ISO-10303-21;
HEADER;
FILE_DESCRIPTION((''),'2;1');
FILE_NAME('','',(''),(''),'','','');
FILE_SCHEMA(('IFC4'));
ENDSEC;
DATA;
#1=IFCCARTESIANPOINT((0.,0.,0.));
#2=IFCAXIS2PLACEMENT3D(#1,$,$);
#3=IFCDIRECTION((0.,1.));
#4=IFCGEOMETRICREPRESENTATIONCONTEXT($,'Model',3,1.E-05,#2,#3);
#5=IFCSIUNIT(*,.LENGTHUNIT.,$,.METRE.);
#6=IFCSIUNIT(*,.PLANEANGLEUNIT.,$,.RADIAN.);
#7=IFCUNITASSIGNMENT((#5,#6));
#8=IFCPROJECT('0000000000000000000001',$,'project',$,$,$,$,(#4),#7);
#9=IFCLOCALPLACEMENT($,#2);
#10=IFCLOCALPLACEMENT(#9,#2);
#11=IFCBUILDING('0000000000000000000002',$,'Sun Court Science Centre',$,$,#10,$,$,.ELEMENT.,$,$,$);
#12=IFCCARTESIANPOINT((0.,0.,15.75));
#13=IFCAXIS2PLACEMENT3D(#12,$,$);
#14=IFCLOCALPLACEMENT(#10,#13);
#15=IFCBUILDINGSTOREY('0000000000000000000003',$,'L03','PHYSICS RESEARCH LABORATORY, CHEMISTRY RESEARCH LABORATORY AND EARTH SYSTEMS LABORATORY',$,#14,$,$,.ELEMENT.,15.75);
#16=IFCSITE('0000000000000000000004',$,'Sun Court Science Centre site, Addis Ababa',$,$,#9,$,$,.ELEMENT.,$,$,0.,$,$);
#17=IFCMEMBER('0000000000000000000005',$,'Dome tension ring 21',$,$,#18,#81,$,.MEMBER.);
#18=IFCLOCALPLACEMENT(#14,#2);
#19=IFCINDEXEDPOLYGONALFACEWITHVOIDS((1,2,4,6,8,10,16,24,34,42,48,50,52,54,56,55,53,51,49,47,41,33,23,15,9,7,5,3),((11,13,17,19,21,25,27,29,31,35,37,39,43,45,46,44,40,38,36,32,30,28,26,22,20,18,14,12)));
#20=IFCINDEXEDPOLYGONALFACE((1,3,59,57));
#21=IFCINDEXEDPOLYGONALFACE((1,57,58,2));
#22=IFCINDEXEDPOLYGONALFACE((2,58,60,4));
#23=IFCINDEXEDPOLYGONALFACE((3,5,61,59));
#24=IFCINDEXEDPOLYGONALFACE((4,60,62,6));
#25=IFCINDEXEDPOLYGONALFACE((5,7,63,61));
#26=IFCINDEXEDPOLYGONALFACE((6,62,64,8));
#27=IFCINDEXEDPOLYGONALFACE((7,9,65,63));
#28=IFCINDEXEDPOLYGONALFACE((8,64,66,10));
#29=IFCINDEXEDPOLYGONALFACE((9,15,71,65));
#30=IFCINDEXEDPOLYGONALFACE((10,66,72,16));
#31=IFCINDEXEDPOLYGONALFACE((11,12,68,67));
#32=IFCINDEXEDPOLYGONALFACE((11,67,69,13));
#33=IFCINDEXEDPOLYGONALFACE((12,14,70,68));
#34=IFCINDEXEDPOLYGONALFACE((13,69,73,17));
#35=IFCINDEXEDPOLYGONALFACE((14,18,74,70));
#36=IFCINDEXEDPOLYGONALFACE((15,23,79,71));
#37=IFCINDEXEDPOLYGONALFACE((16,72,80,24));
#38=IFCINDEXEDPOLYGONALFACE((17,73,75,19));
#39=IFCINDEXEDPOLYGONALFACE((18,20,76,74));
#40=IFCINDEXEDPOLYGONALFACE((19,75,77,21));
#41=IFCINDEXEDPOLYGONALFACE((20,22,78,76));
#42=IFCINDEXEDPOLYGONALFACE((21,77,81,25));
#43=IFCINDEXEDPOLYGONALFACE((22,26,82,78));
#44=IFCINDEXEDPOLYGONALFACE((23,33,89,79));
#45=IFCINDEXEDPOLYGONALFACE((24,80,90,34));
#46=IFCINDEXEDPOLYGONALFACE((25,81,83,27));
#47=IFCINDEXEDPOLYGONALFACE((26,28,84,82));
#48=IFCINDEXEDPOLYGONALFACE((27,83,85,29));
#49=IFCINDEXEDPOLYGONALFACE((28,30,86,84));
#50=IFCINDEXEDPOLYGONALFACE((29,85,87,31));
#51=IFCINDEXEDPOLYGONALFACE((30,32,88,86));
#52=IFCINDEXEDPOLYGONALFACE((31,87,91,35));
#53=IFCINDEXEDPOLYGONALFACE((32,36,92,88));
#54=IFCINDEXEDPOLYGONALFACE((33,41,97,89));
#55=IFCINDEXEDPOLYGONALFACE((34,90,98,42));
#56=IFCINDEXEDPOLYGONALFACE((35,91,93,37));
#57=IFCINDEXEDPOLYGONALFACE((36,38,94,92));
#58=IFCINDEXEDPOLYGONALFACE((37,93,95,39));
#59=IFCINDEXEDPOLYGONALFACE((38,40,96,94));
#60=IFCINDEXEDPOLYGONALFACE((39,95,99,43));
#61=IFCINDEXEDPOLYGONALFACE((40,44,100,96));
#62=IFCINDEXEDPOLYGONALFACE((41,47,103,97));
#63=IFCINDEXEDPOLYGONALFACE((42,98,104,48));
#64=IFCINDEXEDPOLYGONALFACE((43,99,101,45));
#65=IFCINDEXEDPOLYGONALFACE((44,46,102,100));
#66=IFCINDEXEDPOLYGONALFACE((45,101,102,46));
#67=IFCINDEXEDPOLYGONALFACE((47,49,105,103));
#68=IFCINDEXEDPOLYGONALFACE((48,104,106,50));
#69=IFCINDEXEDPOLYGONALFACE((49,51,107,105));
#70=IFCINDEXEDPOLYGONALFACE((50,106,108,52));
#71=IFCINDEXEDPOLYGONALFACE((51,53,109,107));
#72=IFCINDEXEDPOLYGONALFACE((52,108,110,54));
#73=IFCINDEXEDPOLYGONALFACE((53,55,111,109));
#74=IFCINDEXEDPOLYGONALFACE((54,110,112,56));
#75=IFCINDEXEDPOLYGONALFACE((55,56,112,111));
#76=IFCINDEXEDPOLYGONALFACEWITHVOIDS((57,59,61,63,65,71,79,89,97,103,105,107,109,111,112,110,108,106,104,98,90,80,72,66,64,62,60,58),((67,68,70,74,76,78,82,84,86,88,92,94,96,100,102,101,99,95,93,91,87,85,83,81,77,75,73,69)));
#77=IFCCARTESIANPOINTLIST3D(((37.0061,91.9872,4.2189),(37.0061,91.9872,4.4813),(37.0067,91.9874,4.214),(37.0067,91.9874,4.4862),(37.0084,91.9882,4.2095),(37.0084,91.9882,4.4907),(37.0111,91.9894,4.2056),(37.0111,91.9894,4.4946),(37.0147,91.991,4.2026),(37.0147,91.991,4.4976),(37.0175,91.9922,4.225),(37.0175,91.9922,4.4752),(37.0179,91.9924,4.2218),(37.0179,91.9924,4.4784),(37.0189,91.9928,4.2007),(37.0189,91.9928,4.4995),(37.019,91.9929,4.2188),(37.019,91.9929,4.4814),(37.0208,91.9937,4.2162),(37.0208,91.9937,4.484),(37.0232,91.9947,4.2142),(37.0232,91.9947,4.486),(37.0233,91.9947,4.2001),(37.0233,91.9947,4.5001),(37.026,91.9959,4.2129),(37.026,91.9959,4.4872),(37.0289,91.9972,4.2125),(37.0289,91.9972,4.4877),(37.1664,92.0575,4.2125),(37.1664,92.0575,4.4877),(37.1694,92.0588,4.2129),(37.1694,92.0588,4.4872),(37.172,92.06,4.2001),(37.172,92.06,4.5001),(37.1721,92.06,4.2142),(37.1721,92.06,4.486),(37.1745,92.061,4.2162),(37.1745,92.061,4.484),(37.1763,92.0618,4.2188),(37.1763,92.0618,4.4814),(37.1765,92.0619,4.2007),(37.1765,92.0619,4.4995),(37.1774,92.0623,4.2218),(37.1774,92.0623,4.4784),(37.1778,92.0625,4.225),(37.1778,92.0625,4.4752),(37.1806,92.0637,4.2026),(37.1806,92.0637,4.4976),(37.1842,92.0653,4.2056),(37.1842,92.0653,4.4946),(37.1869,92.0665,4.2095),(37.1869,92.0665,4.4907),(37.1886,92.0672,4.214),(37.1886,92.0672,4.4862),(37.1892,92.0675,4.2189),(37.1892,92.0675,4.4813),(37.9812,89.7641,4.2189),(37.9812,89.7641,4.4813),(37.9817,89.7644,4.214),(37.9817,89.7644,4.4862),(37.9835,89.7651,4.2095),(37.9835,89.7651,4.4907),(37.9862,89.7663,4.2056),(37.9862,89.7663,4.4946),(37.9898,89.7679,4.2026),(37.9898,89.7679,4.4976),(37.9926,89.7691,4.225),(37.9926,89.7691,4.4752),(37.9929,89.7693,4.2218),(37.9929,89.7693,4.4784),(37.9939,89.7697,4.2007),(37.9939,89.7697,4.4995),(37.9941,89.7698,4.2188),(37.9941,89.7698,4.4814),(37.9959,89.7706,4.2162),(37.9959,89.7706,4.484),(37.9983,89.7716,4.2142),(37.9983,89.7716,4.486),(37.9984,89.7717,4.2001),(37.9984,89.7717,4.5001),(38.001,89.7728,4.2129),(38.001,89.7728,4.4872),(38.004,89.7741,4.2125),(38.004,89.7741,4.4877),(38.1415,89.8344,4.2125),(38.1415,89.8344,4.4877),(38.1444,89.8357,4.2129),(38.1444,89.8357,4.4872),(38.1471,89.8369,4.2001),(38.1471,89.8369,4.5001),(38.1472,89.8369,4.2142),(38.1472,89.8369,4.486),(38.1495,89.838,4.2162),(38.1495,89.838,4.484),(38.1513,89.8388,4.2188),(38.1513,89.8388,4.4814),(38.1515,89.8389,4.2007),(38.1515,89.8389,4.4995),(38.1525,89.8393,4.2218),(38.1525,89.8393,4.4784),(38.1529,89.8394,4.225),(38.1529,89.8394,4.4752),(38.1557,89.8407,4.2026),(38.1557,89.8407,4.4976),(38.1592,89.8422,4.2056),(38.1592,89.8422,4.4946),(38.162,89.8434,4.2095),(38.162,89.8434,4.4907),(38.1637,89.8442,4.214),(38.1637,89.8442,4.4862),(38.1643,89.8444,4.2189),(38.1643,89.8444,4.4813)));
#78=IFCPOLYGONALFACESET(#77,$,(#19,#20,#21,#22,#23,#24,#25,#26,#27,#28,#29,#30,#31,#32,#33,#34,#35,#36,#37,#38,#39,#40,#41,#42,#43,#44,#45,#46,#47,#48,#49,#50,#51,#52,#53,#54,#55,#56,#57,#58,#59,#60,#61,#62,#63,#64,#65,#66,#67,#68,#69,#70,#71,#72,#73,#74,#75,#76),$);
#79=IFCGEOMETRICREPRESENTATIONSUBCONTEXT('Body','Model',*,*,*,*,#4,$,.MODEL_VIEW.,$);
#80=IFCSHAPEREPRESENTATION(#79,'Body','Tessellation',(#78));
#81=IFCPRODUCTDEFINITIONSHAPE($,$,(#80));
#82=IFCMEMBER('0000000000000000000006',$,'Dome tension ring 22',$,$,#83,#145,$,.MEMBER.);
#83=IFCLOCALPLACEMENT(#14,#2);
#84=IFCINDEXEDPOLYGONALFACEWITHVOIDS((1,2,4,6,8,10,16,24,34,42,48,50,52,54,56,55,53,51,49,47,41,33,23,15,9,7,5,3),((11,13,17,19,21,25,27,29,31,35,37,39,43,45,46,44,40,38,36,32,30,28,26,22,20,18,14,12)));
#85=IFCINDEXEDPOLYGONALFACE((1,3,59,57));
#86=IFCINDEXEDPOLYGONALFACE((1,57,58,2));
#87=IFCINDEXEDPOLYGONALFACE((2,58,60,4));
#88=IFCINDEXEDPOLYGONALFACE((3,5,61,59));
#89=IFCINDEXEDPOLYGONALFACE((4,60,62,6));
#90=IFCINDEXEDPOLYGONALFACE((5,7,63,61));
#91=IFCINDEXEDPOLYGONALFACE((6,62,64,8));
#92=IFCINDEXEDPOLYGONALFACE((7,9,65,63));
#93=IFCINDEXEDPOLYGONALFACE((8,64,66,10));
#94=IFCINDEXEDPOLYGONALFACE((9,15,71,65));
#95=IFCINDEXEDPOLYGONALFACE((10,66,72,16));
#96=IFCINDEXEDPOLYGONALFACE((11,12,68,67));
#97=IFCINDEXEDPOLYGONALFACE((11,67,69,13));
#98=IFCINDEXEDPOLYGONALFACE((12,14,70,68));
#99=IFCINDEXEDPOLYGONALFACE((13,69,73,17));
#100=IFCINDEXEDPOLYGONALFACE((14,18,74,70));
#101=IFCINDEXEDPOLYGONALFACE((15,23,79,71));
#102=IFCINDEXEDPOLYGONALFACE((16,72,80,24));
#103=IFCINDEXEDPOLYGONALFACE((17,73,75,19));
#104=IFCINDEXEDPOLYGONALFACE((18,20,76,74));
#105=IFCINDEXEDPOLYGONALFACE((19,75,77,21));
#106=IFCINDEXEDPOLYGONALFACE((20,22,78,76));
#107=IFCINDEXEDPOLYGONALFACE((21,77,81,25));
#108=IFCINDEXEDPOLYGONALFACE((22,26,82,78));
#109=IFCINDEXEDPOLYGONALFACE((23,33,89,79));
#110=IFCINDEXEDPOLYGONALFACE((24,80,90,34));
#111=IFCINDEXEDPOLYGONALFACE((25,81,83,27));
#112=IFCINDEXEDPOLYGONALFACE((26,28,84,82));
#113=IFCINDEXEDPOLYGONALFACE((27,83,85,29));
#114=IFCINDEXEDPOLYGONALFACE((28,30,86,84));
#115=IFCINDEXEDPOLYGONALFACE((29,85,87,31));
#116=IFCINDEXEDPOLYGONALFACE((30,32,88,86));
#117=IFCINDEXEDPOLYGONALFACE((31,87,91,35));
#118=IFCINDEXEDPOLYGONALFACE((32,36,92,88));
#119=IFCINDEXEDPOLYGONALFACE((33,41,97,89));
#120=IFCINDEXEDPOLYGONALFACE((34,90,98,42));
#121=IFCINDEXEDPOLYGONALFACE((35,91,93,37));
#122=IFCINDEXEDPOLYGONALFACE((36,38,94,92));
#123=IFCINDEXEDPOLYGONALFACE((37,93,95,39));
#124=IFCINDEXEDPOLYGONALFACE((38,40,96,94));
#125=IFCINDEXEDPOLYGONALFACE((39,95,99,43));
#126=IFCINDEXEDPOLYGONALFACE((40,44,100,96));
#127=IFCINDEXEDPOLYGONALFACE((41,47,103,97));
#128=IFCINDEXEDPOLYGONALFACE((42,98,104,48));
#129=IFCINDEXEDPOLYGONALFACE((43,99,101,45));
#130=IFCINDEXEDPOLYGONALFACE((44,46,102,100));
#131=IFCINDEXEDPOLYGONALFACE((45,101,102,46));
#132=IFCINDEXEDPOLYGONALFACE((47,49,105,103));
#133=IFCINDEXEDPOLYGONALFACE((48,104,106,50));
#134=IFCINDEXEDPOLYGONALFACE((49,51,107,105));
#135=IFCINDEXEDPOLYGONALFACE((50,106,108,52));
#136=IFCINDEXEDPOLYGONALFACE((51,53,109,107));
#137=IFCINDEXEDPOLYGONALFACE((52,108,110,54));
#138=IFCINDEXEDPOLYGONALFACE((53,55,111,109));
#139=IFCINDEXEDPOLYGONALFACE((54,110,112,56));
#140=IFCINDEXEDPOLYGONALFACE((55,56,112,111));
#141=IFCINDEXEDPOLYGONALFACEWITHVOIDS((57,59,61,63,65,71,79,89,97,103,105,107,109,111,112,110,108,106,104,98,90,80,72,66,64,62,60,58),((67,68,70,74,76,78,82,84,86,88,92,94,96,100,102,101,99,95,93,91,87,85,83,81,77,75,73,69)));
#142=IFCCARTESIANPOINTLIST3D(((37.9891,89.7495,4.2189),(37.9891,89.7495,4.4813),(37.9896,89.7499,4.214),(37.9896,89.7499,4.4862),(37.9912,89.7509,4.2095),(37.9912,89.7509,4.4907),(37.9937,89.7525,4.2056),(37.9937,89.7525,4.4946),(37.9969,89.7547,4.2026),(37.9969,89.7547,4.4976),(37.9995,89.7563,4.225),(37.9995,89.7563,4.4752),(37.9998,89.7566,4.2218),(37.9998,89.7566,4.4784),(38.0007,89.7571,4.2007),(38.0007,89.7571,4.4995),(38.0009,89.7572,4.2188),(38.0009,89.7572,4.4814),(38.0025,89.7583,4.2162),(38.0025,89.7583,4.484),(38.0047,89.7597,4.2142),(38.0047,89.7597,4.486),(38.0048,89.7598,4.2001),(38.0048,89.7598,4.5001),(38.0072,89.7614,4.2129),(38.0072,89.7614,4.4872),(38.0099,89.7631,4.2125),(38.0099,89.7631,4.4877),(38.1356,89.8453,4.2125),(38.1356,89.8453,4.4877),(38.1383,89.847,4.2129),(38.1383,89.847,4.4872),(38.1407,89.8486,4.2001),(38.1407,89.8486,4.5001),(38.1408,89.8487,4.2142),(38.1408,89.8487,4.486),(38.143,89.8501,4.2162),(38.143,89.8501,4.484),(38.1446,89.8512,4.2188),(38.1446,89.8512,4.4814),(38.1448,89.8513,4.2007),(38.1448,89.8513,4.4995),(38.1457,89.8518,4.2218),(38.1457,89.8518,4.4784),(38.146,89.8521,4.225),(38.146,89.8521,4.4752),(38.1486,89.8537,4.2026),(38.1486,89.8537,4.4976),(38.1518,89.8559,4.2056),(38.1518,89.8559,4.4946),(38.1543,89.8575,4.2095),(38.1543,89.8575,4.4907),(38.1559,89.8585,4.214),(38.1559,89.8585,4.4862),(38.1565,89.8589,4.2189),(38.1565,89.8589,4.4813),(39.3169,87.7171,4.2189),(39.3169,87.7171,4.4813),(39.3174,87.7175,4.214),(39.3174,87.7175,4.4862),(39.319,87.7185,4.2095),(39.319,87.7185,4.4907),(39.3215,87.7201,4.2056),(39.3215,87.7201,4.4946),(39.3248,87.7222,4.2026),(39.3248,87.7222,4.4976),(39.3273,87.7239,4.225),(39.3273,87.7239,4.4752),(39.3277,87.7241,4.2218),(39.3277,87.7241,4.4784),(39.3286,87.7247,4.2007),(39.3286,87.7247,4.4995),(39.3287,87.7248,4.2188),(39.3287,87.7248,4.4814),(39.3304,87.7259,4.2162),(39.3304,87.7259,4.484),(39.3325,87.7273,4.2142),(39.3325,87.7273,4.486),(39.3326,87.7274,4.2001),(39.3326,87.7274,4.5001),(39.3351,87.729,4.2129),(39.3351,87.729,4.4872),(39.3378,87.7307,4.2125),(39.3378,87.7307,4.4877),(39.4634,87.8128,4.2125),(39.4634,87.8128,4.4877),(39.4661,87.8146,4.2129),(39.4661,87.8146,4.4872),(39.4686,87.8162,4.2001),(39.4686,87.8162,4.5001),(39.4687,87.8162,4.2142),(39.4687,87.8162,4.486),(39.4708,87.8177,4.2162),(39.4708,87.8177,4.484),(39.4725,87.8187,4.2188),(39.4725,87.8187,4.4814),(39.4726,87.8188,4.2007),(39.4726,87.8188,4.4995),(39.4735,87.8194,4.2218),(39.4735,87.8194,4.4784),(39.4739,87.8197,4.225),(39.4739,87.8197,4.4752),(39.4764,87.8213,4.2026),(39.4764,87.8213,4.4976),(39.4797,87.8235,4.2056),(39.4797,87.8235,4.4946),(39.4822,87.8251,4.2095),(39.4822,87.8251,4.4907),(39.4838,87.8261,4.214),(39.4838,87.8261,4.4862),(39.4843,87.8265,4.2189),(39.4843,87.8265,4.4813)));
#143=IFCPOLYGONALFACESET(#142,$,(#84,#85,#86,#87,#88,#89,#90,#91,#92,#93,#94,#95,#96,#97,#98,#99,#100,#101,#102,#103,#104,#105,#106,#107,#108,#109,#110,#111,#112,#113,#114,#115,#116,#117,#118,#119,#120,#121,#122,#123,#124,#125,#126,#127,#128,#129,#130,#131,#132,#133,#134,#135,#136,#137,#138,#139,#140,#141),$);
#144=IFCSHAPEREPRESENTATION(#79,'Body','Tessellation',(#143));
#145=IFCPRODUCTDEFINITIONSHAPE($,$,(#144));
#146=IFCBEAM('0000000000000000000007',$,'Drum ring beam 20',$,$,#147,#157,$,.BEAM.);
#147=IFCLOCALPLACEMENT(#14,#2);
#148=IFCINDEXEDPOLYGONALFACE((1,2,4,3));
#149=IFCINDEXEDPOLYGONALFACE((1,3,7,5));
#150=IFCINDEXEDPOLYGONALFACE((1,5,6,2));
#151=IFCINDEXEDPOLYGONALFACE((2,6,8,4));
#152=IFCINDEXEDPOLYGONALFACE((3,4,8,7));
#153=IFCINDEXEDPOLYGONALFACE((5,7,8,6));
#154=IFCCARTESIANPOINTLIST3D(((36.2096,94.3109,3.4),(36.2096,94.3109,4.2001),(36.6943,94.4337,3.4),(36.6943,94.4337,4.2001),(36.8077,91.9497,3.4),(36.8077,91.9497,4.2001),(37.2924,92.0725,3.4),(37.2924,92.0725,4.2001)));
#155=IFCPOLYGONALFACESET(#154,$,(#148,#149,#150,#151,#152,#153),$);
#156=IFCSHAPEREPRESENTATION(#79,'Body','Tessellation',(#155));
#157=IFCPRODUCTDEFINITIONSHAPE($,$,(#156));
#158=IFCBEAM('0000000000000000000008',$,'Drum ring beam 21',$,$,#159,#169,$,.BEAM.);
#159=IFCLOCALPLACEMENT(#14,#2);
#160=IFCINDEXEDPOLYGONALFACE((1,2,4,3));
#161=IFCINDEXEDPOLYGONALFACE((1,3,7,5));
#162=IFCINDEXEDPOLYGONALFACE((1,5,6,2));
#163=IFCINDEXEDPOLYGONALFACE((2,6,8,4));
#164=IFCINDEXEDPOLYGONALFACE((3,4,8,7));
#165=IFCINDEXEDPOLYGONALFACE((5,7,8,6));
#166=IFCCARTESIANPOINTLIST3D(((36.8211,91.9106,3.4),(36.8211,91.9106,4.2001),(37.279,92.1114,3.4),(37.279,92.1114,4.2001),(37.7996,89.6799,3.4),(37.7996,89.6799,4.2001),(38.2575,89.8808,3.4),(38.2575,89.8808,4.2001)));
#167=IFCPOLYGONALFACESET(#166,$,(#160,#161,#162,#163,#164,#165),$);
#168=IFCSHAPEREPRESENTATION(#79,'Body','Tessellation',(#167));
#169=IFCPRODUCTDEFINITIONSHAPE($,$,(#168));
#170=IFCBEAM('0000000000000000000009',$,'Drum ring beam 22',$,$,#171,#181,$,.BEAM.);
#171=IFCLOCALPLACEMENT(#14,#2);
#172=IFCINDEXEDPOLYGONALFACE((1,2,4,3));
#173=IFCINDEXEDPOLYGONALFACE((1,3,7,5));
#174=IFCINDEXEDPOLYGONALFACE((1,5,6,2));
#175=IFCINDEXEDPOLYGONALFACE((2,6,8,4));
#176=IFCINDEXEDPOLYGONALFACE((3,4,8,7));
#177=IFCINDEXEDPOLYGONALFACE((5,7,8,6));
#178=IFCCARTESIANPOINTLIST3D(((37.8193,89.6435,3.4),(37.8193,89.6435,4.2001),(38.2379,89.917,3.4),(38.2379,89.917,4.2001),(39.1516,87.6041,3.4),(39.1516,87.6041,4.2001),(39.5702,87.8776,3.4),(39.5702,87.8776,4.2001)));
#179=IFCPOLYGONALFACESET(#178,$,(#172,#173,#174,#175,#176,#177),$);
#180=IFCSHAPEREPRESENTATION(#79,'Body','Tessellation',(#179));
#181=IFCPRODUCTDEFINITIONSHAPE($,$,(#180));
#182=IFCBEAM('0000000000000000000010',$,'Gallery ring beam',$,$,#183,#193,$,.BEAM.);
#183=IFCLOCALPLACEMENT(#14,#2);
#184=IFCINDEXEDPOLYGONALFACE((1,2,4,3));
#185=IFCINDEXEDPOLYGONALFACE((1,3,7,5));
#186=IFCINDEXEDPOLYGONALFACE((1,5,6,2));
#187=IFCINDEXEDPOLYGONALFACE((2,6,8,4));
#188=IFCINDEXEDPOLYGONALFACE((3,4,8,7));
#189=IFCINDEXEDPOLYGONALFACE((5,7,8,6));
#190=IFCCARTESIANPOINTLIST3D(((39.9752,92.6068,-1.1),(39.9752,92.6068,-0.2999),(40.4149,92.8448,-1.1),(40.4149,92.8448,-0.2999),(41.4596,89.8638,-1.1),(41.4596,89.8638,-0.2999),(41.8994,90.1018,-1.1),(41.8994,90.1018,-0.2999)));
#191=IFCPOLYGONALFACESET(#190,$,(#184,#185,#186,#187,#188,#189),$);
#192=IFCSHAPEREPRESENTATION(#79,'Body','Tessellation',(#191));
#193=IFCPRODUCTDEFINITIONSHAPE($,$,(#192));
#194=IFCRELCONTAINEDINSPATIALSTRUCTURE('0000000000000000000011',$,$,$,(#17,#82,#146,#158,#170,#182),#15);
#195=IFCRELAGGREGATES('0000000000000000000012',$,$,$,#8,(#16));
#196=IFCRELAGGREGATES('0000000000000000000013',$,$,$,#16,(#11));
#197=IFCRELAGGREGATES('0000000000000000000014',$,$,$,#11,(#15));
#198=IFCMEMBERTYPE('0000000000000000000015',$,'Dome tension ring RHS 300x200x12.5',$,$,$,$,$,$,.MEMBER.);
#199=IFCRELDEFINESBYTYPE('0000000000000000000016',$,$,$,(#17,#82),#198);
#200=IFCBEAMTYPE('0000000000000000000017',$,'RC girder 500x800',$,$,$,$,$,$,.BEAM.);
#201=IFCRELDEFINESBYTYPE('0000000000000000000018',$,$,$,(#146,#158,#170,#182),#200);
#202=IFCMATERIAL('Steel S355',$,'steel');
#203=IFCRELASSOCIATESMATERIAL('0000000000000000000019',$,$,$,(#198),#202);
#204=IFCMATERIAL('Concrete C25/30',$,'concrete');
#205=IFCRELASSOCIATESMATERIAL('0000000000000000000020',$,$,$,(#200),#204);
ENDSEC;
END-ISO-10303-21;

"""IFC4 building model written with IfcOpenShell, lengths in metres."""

from ifc_helpers import new_model, si_unit, direction, frame, origin, origin_2d, place, context, subcontext, project, spatial, rectangle, hollow_rectangle, extrude, material, material_profile, profile_set, type_object, element, save


model = new_model("IFC4")

# Units and contexts
model_context = context("Model", 3, precision=1e-05, world=origin(), true_north=direction((0.0, 1.0)))
body_context = subcontext(model_context, "Body", "Model", "MODEL_VIEW")
ifc_project = project(units=[si_unit("LENGTHUNIT", "METRE"), si_unit("PLANEANGLEUNIT", "RADIAN")], contexts=[model_context])

# Site, building, storey
site_placement = place(None, origin())
site = spatial("IfcSite", under=ifc_project, at=site_placement, Name="Sun Court Science Centre site, Addis Ababa", CompositionType="ELEMENT", RefElevation=0.0)
building_placement = place(site_placement, origin())
building = spatial("IfcBuilding", under=site, at=building_placement, Name="Sun Court Science Centre", CompositionType="ELEMENT")
storey_placement = place(building_placement, frame((0.0, 0.0, 15.75)))
storey = spatial("IfcBuildingStorey", under=building, at=storey_placement, Name="L03", Description="PHYSICS RESEARCH LABORATORY, CHEMISTRY RESEARCH LABORATORY AND EARTH SYSTEMS LABORATORY", CompositionType="ELEMENT", Elevation=15.75)

# Members
ifc_material_1 = material(Name="Steel S355", Category="steel")
ifc_material_profile_1 = material_profile(ifc_material_1, hollow_rectangle(XDim=0.2, YDim=0.3, WallThickness=0.0125, InnerFilletRadius=0.0125, OuterFilletRadius=0.0188, at=origin_2d()), Name="RHS 300x200x12.5")
ifc_profile_set_1 = profile_set([ifc_material_profile_1], Name="Steel S355")
member_type_1 = type_object("IfcMemberType", Name="Dome tension ring RHS 300x200x12.5", PredefinedType="MEMBER", material=ifc_profile_set_1)
member_1_placement = place(storey_placement, frame((37.0977, 92.0273, 4.3501), z_axis=(0.401673, -0.915783, 0.0), x_axis=(0.915783, 0.401673, 0.0)))
element("IfcMember", 1, at=member_1_placement, inside=storey, type_object=member_type_1, Name="Dome tension ring 21", PredefinedType="MEMBER", context=body_context, shape_type="SweptSolid", body=[
    extrude(hollow_rectangle(XDim=0.2, YDim=0.3, WallThickness=0.0125, InnerFilletRadius=0.0125, OuterFilletRadius=0.0188, at=origin_2d()), origin(), (0.0, 0.0, 1.0), 2.4275),
])
member_2_placement = place(storey_placement, frame((38.0728, 89.8042, 4.3501), z_axis=(0.546949, -0.837166, 0.0), x_axis=(0.837166, 0.546949, 0.0)))
element("IfcMember", 2, at=member_2_placement, inside=storey, type_object=member_type_1, Name="Dome tension ring 22", PredefinedType="MEMBER", context=body_context, shape_type="SweptSolid", body=[
    extrude(hollow_rectangle(XDim=0.2, YDim=0.3, WallThickness=0.0125, InnerFilletRadius=0.0125, OuterFilletRadius=0.0188, at=origin_2d()), origin(), (0.0, 0.0, 1.0), 2.4277),
])

# Beams
ifc_material_2 = material(Name="Concrete C25/30", Category="concrete")
ifc_material_profile_2 = material_profile(ifc_material_2, rectangle(XDim=0.5, YDim=0.8, at=origin_2d()), Name="RC 500x800")
ifc_profile_set_2 = profile_set([ifc_material_profile_2], Name="Concrete C25/30")
beam_type = type_object("IfcBeamType", Name="RC girder 500x800", PredefinedType="BEAM", material=ifc_profile_set_2)
for number, where, z_axis, x_axis, name in (
    (3, (36.4519, 94.3723, 3.8), (0.245553, -0.969383, 0.0), (0.969383, 0.245553, 0.0), "Drum ring beam 20"),
    (4, (37.05, 92.011, 3.8), (0.401707, -0.915768, 0.0), (0.915768, 0.401707, 0.0), "Drum ring beam 21"),
):
    element("IfcBeam", number, at=place(storey_placement, frame(where, z_axis=z_axis, x_axis=x_axis)), inside=storey, type_object=beam_type, Name=name, PredefinedType="BEAM", context=body_context, shape_type="SweptSolid", body=[
        extrude(rectangle(XDim=0.5, YDim=0.8, at=origin_2d()), origin(), (0.0, 0.0, 1.0), 2.4358),
    ])
beam_1_placement = place(storey_placement, frame((38.0286, 89.7803, 3.8), z_axis=(0.546928, -0.83718, 0.0), x_axis=(0.83718, 0.546928, 0.0)))
element("IfcBeam", 5, at=beam_1_placement, inside=storey, type_object=beam_type, Name="Drum ring beam 22", PredefinedType="BEAM", context=body_context, shape_type="SweptSolid", body=[
    extrude(rectangle(XDim=0.5, YDim=0.8, at=origin_2d()), origin(), (0.0, 0.0, 1.0), 2.436),
])
beam_2_placement = place(storey_placement, frame((40.1951, 92.7258, -0.7), z_axis=(0.475943, -0.879476, 0.0), x_axis=(0.879476, 0.475943, 0.0)))
element("IfcBeam", 6, at=beam_2_placement, inside=storey, type_object=beam_type, Name="Gallery ring beam", PredefinedType="BEAM", context=body_context, shape_type="SweptSolid", body=[
    extrude(rectangle(XDim=0.5, YDim=0.8, at=origin_2d()), origin(), (0.0, 0.0, 1.0), 3.1189),
])

save(model, "model.ifc")
